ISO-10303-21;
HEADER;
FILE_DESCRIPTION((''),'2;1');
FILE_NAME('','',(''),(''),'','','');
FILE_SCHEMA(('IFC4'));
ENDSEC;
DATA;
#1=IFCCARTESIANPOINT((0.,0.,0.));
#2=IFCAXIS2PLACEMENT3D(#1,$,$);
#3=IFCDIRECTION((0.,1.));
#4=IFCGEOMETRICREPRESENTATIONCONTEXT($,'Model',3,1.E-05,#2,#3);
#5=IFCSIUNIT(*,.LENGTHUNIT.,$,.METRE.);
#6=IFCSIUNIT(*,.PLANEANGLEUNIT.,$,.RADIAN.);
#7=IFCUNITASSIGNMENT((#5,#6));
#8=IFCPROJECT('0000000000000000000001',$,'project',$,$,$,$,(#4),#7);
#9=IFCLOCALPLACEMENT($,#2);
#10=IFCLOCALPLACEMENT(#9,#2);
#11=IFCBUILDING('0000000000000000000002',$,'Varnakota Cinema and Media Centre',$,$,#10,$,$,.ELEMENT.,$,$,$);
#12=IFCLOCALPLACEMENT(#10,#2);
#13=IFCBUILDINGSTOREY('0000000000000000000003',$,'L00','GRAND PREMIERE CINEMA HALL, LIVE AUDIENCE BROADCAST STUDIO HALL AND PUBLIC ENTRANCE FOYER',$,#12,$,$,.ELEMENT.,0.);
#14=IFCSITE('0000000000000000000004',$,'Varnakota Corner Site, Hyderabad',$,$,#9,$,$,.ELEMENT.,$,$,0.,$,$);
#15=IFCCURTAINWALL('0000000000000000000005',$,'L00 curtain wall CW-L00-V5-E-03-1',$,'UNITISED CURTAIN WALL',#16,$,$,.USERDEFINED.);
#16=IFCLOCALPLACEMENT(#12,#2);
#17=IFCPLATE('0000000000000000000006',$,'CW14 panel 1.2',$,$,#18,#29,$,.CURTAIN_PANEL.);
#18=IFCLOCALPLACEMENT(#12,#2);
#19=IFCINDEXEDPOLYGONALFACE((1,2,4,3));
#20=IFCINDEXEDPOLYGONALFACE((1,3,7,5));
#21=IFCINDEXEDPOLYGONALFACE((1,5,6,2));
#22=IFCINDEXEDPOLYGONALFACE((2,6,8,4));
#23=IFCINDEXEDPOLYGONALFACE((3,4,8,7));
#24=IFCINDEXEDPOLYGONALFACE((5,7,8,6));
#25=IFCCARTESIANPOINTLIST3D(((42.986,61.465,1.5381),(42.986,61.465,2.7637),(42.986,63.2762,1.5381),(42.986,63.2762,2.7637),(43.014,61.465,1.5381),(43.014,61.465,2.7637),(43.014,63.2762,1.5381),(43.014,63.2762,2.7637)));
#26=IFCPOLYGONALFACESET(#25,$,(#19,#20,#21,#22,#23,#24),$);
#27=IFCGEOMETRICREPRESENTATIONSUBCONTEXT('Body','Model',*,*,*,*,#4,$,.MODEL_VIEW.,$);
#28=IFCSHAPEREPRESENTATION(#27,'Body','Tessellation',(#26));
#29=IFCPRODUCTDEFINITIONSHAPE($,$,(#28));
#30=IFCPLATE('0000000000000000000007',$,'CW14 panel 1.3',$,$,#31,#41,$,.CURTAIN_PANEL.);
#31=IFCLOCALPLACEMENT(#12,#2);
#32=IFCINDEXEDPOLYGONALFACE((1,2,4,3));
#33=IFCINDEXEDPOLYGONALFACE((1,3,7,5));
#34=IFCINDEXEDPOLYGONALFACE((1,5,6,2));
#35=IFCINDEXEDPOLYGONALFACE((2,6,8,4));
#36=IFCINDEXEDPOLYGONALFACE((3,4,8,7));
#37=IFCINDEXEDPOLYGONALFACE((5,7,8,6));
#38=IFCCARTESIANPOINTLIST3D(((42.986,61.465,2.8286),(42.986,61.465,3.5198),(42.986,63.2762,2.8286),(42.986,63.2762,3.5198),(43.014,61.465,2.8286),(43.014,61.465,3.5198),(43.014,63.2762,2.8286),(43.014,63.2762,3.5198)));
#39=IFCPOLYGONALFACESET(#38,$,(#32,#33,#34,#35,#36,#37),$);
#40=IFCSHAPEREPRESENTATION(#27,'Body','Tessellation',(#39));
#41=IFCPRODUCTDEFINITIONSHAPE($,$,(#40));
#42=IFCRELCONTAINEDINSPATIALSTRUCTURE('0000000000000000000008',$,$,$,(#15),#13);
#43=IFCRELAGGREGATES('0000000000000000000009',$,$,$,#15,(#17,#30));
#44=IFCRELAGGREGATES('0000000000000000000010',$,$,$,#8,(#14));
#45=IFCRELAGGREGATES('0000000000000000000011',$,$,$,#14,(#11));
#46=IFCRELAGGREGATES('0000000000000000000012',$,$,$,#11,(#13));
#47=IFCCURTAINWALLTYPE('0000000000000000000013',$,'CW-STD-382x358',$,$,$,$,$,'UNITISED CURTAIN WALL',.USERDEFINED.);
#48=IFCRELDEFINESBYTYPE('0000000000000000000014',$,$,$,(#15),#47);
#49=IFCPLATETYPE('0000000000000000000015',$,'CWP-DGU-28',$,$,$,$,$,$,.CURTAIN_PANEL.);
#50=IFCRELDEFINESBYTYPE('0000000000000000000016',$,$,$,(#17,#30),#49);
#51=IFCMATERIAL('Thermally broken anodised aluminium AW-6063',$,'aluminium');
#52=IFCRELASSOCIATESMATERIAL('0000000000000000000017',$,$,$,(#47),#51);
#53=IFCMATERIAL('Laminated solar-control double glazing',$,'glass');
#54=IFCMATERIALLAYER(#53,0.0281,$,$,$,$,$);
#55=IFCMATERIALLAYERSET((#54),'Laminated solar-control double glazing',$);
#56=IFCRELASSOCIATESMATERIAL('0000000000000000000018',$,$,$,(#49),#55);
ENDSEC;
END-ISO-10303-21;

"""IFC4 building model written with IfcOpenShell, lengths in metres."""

from ifc_helpers import new_model, si_unit, direction, frame, origin, origin_2d, place, context, subcontext, project, spatial, rectangle, extrude, material, layer, layer_set, type_object, element, aggregate, save


model = new_model("IFC4")

# Units and contexts
model_context = context("Model", 3, precision=1e-05, world=origin(), true_north=direction((0.0, 1.0)))
body_context = subcontext(model_context, "Body", "Model", "MODEL_VIEW")
ifc_project = project(units=[si_unit("LENGTHUNIT", "METRE"), si_unit("PLANEANGLEUNIT", "RADIAN")], contexts=[model_context])

# Site, building, storey
site_placement = place(None, origin())
site = spatial("IfcSite", under=ifc_project, at=site_placement, Name="Varnakota Corner Site, Hyderabad", CompositionType="ELEMENT", RefElevation=0.0)
building_placement = place(site_placement, origin())
building = spatial("IfcBuilding", under=site, at=building_placement, Name="Varnakota Cinema and Media Centre", CompositionType="ELEMENT")
storey_placement = place(building_placement, origin())
storey = spatial("IfcBuildingStorey", under=building, at=storey_placement, Name="L00", Description="GRAND PREMIERE CINEMA HALL, LIVE AUDIENCE BROADCAST STUDIO HALL AND PUBLIC ENTRANCE FOYER", CompositionType="ELEMENT", Elevation=0.0)

# Shared definitions
ifc_material_1 = material(Name="Thermally broken anodised aluminium AW-6063", Category="aluminium")
curtain_wall_type = type_object("IfcCurtainWallType", Name="CW-STD-382x358", ElementType="UNITISED CURTAIN WALL", PredefinedType="USERDEFINED", material=ifc_material_1)

# Curtain wall
curtain_wall_1_placement = place(storey_placement, origin())
curtain_wall_1 = element("IfcCurtainWall", 1, at=curtain_wall_1_placement, inside=storey, type_object=curtain_wall_type, Name="L00 curtain wall CW-L00-V5-E-03-1", ObjectType="UNITISED CURTAIN WALL", PredefinedType="USERDEFINED")

# Plates
ifc_material_2 = material(Name="Laminated solar-control double glazing", Category="glass")
ifc_layer = layer(ifc_material_2, 0.0281)
ifc_layer_set = layer_set([ifc_layer], Name="Laminated solar-control double glazing")
plate_type = type_object("IfcPlateType", Name="CWP-DGU-28", PredefinedType="CURTAIN_PANEL", material=ifc_layer_set)
plate_1_placement = place(storey_placement, frame((43.0, 62.3706, 1.5381), z_axis=(0.0, 0.0, 1.0), x_axis=(0.0, 1.0, 0.0)))
plate_1 = element("IfcPlate", 2, at=plate_1_placement, type_object=plate_type, Name="CW14 panel 1.2", PredefinedType="CURTAIN_PANEL", context=body_context, shape_type="SweptSolid", body=[
    extrude(rectangle(XDim=1.8113, YDim=0.0281, at=origin_2d()), origin(), (0.0, 0.0, 1.0), 1.2256),
])
plate_2_placement = place(storey_placement, frame((43.0, 62.3706, 2.8286), z_axis=(0.0, 0.0, 1.0), x_axis=(0.0, 1.0, 0.0)))
plate_2 = element("IfcPlate", 3, at=plate_2_placement, type_object=plate_type, Name="CW14 panel 1.3", PredefinedType="CURTAIN_PANEL", context=body_context, shape_type="SweptSolid", body=[
    extrude(rectangle(XDim=1.8113, YDim=0.0281, at=origin_2d()), origin(), (0.0, 0.0, 1.0), 0.6912),
])
aggregate(curtain_wall_1, [plate_1, plate_2])

save(model, "model.ifc")
